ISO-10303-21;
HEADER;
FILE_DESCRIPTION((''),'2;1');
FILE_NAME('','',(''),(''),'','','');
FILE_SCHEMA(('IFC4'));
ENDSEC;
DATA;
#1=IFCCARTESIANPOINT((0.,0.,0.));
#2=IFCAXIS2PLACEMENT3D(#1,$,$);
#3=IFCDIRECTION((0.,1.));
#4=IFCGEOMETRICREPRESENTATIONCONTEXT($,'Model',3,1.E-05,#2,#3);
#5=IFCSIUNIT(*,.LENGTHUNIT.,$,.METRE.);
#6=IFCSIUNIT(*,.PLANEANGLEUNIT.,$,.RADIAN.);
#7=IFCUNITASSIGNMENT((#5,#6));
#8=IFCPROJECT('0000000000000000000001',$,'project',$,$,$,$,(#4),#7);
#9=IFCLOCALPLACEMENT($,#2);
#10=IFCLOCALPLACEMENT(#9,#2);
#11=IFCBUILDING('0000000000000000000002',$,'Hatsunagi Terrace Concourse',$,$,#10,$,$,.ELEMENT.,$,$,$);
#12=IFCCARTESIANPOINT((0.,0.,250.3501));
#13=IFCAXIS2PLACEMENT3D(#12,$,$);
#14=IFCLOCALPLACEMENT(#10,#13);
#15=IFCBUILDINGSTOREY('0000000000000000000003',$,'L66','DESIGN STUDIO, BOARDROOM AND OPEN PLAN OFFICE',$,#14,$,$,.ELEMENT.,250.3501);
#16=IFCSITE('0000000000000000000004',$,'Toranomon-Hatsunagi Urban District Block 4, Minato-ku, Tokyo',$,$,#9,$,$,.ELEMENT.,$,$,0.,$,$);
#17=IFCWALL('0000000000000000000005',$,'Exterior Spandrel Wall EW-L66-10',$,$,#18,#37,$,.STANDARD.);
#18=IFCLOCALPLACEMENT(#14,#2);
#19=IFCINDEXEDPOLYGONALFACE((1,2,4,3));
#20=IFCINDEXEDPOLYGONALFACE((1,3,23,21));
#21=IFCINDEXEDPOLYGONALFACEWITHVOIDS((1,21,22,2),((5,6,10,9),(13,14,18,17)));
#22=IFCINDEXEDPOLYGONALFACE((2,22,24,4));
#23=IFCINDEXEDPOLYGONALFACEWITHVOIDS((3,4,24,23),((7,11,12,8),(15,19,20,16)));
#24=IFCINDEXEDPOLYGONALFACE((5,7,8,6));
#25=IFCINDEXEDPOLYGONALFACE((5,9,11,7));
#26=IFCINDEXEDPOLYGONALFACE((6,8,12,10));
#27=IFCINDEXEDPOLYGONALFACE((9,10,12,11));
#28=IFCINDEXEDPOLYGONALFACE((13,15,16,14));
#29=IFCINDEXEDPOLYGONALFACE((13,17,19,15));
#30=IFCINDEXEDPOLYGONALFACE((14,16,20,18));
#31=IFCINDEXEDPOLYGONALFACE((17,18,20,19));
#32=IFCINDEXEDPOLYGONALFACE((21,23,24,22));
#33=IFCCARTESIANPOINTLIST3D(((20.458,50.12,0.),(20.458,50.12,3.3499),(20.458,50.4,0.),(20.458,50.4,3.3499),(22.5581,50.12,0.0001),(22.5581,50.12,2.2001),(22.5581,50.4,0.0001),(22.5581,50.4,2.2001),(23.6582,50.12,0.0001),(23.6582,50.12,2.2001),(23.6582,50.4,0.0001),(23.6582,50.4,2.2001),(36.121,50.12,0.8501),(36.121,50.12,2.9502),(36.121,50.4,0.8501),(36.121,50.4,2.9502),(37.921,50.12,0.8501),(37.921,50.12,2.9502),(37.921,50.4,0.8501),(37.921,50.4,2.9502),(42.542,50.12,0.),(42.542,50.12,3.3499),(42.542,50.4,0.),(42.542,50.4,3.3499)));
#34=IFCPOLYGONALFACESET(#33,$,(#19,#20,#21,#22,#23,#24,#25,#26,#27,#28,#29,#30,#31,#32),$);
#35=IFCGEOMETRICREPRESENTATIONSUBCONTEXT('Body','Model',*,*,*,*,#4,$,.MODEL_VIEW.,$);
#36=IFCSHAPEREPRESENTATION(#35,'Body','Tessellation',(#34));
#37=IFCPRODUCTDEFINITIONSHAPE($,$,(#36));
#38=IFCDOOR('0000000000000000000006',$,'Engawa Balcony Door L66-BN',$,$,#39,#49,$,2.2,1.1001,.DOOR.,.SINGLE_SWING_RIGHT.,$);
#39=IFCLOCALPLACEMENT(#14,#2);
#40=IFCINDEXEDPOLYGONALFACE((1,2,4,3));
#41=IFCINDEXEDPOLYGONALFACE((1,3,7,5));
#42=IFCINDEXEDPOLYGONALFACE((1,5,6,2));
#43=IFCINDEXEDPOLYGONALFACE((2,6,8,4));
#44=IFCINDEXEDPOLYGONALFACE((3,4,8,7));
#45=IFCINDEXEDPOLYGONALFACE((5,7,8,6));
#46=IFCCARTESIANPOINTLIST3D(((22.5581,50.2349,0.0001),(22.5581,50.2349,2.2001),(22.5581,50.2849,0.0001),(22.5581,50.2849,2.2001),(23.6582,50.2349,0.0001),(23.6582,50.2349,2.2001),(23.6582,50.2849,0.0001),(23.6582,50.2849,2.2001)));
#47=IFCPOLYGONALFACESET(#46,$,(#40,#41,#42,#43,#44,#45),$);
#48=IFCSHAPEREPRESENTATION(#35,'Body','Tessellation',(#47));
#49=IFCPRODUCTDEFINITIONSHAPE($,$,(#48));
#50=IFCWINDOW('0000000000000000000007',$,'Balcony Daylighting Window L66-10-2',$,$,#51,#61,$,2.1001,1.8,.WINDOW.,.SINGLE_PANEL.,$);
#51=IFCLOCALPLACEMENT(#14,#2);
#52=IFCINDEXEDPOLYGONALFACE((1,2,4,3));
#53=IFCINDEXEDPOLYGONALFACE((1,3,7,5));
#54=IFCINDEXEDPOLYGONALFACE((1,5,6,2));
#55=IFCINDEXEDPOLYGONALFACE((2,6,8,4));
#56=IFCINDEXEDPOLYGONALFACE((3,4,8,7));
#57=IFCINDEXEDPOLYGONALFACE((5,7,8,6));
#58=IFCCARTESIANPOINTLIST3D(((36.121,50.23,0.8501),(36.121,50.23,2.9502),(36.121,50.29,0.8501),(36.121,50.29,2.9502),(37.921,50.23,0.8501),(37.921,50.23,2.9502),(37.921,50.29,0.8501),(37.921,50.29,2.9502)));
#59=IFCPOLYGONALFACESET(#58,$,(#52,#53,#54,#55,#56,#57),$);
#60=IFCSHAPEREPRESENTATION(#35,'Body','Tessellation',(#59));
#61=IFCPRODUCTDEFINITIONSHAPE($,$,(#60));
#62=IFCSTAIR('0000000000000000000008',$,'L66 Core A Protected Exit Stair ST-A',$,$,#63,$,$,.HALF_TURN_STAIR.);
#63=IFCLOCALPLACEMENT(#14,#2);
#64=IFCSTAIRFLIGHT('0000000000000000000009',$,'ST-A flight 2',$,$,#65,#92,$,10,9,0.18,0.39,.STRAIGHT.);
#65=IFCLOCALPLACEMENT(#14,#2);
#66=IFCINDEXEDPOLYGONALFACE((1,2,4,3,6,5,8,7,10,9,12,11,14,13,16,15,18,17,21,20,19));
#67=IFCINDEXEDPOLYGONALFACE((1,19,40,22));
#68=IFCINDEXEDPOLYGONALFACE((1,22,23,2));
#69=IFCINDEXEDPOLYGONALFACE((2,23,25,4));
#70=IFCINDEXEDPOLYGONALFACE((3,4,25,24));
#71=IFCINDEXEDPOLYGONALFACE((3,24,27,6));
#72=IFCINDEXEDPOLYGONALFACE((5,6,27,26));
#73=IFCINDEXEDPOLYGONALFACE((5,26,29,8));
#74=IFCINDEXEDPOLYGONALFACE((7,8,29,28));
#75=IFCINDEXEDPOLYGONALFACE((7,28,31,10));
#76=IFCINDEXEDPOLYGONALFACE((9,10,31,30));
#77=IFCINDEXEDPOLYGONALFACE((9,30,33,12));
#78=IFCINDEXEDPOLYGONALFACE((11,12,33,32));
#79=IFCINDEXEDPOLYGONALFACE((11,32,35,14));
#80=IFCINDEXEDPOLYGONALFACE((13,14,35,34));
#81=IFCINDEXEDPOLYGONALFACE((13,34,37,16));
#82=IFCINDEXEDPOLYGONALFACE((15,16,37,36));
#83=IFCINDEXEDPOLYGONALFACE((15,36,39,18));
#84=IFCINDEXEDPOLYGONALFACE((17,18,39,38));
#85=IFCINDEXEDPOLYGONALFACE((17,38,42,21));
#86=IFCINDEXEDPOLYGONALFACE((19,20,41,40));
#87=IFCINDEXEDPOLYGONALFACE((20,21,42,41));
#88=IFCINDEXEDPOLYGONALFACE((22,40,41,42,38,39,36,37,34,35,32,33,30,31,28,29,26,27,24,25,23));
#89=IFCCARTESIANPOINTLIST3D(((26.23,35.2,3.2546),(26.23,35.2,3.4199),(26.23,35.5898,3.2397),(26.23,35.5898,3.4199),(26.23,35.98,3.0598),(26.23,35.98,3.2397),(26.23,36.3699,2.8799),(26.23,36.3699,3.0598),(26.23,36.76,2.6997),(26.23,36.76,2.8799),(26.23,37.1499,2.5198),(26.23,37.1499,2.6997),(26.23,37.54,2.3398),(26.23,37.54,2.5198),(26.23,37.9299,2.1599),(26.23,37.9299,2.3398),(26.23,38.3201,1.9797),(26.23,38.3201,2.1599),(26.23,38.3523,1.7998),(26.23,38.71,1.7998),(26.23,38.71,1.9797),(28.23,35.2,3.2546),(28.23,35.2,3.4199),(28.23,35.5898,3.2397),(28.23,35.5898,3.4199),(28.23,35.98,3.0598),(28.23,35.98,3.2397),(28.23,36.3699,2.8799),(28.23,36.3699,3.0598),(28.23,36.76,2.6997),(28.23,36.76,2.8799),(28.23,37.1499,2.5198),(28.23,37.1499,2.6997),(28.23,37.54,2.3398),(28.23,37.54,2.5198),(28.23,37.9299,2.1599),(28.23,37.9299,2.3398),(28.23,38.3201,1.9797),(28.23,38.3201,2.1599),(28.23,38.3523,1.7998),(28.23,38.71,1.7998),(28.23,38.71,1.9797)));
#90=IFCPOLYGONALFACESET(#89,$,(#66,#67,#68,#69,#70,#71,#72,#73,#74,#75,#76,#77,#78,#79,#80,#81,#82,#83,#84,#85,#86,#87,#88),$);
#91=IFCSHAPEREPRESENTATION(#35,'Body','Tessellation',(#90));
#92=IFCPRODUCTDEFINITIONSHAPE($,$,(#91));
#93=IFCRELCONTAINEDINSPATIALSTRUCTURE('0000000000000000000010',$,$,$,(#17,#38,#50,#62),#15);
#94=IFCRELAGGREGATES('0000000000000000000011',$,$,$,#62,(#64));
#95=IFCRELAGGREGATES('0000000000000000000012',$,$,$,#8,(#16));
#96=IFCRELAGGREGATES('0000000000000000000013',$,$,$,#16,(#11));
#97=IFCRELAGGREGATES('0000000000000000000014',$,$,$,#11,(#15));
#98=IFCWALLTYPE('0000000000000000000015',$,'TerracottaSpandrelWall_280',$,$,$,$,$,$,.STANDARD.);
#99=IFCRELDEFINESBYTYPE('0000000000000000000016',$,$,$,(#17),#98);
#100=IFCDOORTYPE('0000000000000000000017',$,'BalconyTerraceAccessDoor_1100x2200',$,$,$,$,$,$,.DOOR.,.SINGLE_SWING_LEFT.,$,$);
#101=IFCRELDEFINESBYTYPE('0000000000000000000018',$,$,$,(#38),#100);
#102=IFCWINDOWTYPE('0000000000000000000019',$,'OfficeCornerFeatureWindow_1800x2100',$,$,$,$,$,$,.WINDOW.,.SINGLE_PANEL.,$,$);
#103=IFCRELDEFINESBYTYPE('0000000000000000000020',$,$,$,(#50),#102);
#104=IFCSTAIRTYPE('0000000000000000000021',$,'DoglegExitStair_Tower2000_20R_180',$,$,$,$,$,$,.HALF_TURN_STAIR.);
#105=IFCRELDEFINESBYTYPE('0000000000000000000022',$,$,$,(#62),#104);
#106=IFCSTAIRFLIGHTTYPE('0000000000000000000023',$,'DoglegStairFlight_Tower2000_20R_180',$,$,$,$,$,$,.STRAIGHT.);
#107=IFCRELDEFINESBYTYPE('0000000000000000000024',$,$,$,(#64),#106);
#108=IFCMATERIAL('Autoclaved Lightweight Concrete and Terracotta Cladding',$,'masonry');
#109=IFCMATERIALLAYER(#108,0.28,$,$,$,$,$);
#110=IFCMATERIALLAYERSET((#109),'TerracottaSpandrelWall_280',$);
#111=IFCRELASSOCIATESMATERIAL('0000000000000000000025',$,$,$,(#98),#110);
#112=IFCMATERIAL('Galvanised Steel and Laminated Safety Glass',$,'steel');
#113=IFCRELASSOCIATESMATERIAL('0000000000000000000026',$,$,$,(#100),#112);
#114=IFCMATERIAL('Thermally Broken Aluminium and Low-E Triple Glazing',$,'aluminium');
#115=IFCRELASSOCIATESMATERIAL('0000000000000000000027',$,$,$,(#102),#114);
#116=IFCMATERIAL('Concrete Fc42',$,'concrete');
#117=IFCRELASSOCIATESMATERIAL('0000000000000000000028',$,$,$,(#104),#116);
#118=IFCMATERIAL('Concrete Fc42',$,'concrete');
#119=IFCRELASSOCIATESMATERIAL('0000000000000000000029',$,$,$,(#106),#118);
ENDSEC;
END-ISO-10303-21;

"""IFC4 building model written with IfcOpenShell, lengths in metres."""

from ifc_helpers import new_model, si_unit, direction, frame, frame_2d, origin, place, context, subcontext, project, spatial, polyline, rectangle, outline, extrude, material, layer, layer_set, type_object, element, fill, aggregate, save


model = new_model("IFC4")

# Units and contexts
model_context = context("Model", 3, precision=1e-05, world=origin(), true_north=direction((0.0, 1.0)))
body_context = subcontext(model_context, "Body", "Model", "MODEL_VIEW")
ifc_project = project(units=[si_unit("LENGTHUNIT", "METRE"), si_unit("PLANEANGLEUNIT", "RADIAN")], contexts=[model_context])

# Site, building, storey
site_placement = place(None, origin())
site = spatial("IfcSite", under=ifc_project, at=site_placement, Name="Toranomon-Hatsunagi Urban District Block 4, Minato-ku, Tokyo", CompositionType="ELEMENT", RefElevation=0.0)
building_placement = place(site_placement, origin())
building = spatial("IfcBuilding", under=site, at=building_placement, Name="Hatsunagi Terrace Concourse", CompositionType="ELEMENT")
storey_placement = place(building_placement, frame((0.0, 0.0, 250.3501)))
storey = spatial("IfcBuildingStorey", under=building, at=storey_placement, Name="L66", Description="DESIGN STUDIO, BOARDROOM AND OPEN PLAN OFFICE", CompositionType="ELEMENT", Elevation=250.3501)

# Shared definitions
ifc_material_1 = material(Name="Autoclaved Lightweight Concrete and Terracotta Cladding", Category="masonry")
ifc_layer_1 = layer(ifc_material_1, 0.28)
ifc_layer_set_1 = layer_set([ifc_layer_1], Name="TerracottaSpandrelWall_280")
wall_type_1 = type_object("IfcWallType", Name="TerracottaSpandrelWall_280", PredefinedType="STANDARD", material=ifc_layer_set_1)

# Wall, openings, door, window
wall_1_placement = place(storey_placement, frame((20.458, 50.26, 0.0), z_axis=(0.0, 0.0, 1.0), x_axis=(1.0, 0.0, 0.0)))
wall_1 = element("IfcWall", 1, at=wall_1_placement, inside=storey, type_object=wall_type_1, Name="Exterior Spandrel Wall EW-L66-10", PredefinedType="STANDARD", context=body_context, shape_type="SweptSolid", body=[
    extrude(rectangle(XDim=22.084, YDim=0.28, at=frame_2d((11.042, 0.0))), origin(), (0.0, 0.0, 1.0), 3.3499),
])
opening_1_placement = place(wall_1_placement, frame((2.1001, 0.0, 0.0)))
opening_1 = element("IfcOpeningElement", 2, at=opening_1_placement, cuts=wall_1, PredefinedType="OPENING", context=body_context, shape_type="SweptSolid", body=[
    extrude(rectangle(XDim=1.1001, YDim=2.2, at=frame_2d((0.55, 1.1001))), frame((0.0, 0.1499, 0.0), z_axis=(0.0, -1.0, 0.0), x_axis=(1.0, 0.0, 0.0)), (0.0, 0.0, 1.0), 0.3),
])
opening_2_placement = place(wall_1_placement, frame((15.6631, 0.0, 0.8501)))
opening_2 = element("IfcOpeningElement", 3, at=opening_2_placement, cuts=wall_1, PredefinedType="OPENING", context=body_context, shape_type="SweptSolid", body=[
    extrude(rectangle(XDim=1.8, YDim=2.1001, at=frame_2d((0.8999, 1.05))), frame((0.0, 0.1499, 0.0), z_axis=(0.0, -1.0, 0.0), x_axis=(1.0, 0.0, 0.0)), (0.0, 0.0, 1.0), 0.3),
])
ifc_material_2 = material(Name="Galvanised Steel and Laminated Safety Glass", Category="steel")
door_type_1 = type_object("IfcDoorType", Name="BalconyTerraceAccessDoor_1100x2200", OperationType="SINGLE_SWING_LEFT", PredefinedType="DOOR", material=ifc_material_2)
door_1_placement = place(opening_1_placement, origin())
door_1 = element("IfcDoor", 4, at=door_1_placement, inside=storey, type_object=door_type_1, Name="Engawa Balcony Door L66-BN", OperationType="SINGLE_SWING_RIGHT", OverallHeight=2.2, OverallWidth=1.1001, PredefinedType="DOOR", context=body_context, shape_type="SweptSolid", body=[
    extrude(rectangle(XDim=1.1001, YDim=2.2, at=frame_2d((0.55, 1.1001))), frame((0.0, 0.0249, 0.0), z_axis=(0.0, -1.0, 0.0), x_axis=(1.0, 0.0, 0.0)), (0.0, 0.0, 1.0), 0.05),
])
fill(opening_1, door_1)
ifc_material_3 = material(Name="Thermally Broken Aluminium and Low-E Triple Glazing", Category="aluminium")
window_type = type_object("IfcWindowType", Name="OfficeCornerFeatureWindow_1800x2100", PartitioningType="SINGLE_PANEL", PredefinedType="WINDOW", material=ifc_material_3)
window_placement = place(opening_2_placement, origin())
window = element("IfcWindow", 5, at=window_placement, inside=storey, type_object=window_type, Name="Balcony Daylighting Window L66-10-2", OverallHeight=2.1001, OverallWidth=1.8, PartitioningType="SINGLE_PANEL", PredefinedType="WINDOW", context=body_context, shape_type="SweptSolid", body=[
    extrude(rectangle(XDim=1.8, YDim=2.1001, at=frame_2d((0.8999, 1.05))), frame((0.0, 0.03, 0.0), z_axis=(0.0, -1.0, 0.0), x_axis=(1.0, 0.0, 0.0)), (0.0, 0.0, 1.0), 0.0601),
])
fill(opening_2, window)

# Stair, stair flight
ifc_material_4 = material(Name="Concrete Fc42", Category="concrete")
stair_type = type_object("IfcStairType", Name="DoglegExitStair_Tower2000_20R_180", PredefinedType="HALF_TURN_STAIR", material=ifc_material_4)
stair_placement = place(storey_placement, origin())
stair = element("IfcStair", 6, at=stair_placement, inside=storey, type_object=stair_type, Name="L66 Core A Protected Exit Stair ST-A", PredefinedType="HALF_TURN_STAIR")
ifc_material_5 = material(Name="Concrete Fc42", Category="concrete")
stair_flight_type = type_object("IfcStairFlightType", Name="DoglegStairFlight_Tower2000_20R_180", PredefinedType="STRAIGHT", material=ifc_material_5)
stair_flight_placement = place(storey_placement, frame((27.23, 38.71, 1.7998), z_axis=(0.0, 0.0, 1.0), x_axis=(0.0, -1.0, 0.0)))
stair_flight = element("IfcStairFlight", 7, at=stair_flight_placement, type_object=stair_flight_type, Name="ST-A flight 2", NumberOfRisers=10, NumberOfTreads=9, PredefinedType="STRAIGHT", RiserHeight=0.18, TreadLength=0.39, context=body_context, shape_type="SweptSolid", body=[
    extrude(outline(polyline([(0.0, 0.0), (0.0, 0.1799), (0.3899, 0.1799), (0.3899, 0.3601), (0.78, 0.3601), (0.78, 0.54), (1.1699, 0.54), (1.1699, 0.72), (1.5601, 0.72), (1.5601, 0.8999), (1.95, 0.8999), (1.95, 1.0801), (2.3401, 1.0801), (2.3401, 1.26), (2.73, 1.26), (2.73, 1.4399), (3.1201, 1.4399), (3.1201, 1.6201), (3.51, 1.6201), (3.51, 1.8), (3.51, 1.4548), (0.3577, 0.0), (0.0, 0.0)])), frame((0.0, 1.0, 0.0), z_axis=(0.0, -1.0, 0.0), x_axis=(1.0, 0.0, 0.0)), (0.0, 0.0, 1.0), 2.0),
])
aggregate(stair, [stair_flight])

save(model, "model.ifc")
